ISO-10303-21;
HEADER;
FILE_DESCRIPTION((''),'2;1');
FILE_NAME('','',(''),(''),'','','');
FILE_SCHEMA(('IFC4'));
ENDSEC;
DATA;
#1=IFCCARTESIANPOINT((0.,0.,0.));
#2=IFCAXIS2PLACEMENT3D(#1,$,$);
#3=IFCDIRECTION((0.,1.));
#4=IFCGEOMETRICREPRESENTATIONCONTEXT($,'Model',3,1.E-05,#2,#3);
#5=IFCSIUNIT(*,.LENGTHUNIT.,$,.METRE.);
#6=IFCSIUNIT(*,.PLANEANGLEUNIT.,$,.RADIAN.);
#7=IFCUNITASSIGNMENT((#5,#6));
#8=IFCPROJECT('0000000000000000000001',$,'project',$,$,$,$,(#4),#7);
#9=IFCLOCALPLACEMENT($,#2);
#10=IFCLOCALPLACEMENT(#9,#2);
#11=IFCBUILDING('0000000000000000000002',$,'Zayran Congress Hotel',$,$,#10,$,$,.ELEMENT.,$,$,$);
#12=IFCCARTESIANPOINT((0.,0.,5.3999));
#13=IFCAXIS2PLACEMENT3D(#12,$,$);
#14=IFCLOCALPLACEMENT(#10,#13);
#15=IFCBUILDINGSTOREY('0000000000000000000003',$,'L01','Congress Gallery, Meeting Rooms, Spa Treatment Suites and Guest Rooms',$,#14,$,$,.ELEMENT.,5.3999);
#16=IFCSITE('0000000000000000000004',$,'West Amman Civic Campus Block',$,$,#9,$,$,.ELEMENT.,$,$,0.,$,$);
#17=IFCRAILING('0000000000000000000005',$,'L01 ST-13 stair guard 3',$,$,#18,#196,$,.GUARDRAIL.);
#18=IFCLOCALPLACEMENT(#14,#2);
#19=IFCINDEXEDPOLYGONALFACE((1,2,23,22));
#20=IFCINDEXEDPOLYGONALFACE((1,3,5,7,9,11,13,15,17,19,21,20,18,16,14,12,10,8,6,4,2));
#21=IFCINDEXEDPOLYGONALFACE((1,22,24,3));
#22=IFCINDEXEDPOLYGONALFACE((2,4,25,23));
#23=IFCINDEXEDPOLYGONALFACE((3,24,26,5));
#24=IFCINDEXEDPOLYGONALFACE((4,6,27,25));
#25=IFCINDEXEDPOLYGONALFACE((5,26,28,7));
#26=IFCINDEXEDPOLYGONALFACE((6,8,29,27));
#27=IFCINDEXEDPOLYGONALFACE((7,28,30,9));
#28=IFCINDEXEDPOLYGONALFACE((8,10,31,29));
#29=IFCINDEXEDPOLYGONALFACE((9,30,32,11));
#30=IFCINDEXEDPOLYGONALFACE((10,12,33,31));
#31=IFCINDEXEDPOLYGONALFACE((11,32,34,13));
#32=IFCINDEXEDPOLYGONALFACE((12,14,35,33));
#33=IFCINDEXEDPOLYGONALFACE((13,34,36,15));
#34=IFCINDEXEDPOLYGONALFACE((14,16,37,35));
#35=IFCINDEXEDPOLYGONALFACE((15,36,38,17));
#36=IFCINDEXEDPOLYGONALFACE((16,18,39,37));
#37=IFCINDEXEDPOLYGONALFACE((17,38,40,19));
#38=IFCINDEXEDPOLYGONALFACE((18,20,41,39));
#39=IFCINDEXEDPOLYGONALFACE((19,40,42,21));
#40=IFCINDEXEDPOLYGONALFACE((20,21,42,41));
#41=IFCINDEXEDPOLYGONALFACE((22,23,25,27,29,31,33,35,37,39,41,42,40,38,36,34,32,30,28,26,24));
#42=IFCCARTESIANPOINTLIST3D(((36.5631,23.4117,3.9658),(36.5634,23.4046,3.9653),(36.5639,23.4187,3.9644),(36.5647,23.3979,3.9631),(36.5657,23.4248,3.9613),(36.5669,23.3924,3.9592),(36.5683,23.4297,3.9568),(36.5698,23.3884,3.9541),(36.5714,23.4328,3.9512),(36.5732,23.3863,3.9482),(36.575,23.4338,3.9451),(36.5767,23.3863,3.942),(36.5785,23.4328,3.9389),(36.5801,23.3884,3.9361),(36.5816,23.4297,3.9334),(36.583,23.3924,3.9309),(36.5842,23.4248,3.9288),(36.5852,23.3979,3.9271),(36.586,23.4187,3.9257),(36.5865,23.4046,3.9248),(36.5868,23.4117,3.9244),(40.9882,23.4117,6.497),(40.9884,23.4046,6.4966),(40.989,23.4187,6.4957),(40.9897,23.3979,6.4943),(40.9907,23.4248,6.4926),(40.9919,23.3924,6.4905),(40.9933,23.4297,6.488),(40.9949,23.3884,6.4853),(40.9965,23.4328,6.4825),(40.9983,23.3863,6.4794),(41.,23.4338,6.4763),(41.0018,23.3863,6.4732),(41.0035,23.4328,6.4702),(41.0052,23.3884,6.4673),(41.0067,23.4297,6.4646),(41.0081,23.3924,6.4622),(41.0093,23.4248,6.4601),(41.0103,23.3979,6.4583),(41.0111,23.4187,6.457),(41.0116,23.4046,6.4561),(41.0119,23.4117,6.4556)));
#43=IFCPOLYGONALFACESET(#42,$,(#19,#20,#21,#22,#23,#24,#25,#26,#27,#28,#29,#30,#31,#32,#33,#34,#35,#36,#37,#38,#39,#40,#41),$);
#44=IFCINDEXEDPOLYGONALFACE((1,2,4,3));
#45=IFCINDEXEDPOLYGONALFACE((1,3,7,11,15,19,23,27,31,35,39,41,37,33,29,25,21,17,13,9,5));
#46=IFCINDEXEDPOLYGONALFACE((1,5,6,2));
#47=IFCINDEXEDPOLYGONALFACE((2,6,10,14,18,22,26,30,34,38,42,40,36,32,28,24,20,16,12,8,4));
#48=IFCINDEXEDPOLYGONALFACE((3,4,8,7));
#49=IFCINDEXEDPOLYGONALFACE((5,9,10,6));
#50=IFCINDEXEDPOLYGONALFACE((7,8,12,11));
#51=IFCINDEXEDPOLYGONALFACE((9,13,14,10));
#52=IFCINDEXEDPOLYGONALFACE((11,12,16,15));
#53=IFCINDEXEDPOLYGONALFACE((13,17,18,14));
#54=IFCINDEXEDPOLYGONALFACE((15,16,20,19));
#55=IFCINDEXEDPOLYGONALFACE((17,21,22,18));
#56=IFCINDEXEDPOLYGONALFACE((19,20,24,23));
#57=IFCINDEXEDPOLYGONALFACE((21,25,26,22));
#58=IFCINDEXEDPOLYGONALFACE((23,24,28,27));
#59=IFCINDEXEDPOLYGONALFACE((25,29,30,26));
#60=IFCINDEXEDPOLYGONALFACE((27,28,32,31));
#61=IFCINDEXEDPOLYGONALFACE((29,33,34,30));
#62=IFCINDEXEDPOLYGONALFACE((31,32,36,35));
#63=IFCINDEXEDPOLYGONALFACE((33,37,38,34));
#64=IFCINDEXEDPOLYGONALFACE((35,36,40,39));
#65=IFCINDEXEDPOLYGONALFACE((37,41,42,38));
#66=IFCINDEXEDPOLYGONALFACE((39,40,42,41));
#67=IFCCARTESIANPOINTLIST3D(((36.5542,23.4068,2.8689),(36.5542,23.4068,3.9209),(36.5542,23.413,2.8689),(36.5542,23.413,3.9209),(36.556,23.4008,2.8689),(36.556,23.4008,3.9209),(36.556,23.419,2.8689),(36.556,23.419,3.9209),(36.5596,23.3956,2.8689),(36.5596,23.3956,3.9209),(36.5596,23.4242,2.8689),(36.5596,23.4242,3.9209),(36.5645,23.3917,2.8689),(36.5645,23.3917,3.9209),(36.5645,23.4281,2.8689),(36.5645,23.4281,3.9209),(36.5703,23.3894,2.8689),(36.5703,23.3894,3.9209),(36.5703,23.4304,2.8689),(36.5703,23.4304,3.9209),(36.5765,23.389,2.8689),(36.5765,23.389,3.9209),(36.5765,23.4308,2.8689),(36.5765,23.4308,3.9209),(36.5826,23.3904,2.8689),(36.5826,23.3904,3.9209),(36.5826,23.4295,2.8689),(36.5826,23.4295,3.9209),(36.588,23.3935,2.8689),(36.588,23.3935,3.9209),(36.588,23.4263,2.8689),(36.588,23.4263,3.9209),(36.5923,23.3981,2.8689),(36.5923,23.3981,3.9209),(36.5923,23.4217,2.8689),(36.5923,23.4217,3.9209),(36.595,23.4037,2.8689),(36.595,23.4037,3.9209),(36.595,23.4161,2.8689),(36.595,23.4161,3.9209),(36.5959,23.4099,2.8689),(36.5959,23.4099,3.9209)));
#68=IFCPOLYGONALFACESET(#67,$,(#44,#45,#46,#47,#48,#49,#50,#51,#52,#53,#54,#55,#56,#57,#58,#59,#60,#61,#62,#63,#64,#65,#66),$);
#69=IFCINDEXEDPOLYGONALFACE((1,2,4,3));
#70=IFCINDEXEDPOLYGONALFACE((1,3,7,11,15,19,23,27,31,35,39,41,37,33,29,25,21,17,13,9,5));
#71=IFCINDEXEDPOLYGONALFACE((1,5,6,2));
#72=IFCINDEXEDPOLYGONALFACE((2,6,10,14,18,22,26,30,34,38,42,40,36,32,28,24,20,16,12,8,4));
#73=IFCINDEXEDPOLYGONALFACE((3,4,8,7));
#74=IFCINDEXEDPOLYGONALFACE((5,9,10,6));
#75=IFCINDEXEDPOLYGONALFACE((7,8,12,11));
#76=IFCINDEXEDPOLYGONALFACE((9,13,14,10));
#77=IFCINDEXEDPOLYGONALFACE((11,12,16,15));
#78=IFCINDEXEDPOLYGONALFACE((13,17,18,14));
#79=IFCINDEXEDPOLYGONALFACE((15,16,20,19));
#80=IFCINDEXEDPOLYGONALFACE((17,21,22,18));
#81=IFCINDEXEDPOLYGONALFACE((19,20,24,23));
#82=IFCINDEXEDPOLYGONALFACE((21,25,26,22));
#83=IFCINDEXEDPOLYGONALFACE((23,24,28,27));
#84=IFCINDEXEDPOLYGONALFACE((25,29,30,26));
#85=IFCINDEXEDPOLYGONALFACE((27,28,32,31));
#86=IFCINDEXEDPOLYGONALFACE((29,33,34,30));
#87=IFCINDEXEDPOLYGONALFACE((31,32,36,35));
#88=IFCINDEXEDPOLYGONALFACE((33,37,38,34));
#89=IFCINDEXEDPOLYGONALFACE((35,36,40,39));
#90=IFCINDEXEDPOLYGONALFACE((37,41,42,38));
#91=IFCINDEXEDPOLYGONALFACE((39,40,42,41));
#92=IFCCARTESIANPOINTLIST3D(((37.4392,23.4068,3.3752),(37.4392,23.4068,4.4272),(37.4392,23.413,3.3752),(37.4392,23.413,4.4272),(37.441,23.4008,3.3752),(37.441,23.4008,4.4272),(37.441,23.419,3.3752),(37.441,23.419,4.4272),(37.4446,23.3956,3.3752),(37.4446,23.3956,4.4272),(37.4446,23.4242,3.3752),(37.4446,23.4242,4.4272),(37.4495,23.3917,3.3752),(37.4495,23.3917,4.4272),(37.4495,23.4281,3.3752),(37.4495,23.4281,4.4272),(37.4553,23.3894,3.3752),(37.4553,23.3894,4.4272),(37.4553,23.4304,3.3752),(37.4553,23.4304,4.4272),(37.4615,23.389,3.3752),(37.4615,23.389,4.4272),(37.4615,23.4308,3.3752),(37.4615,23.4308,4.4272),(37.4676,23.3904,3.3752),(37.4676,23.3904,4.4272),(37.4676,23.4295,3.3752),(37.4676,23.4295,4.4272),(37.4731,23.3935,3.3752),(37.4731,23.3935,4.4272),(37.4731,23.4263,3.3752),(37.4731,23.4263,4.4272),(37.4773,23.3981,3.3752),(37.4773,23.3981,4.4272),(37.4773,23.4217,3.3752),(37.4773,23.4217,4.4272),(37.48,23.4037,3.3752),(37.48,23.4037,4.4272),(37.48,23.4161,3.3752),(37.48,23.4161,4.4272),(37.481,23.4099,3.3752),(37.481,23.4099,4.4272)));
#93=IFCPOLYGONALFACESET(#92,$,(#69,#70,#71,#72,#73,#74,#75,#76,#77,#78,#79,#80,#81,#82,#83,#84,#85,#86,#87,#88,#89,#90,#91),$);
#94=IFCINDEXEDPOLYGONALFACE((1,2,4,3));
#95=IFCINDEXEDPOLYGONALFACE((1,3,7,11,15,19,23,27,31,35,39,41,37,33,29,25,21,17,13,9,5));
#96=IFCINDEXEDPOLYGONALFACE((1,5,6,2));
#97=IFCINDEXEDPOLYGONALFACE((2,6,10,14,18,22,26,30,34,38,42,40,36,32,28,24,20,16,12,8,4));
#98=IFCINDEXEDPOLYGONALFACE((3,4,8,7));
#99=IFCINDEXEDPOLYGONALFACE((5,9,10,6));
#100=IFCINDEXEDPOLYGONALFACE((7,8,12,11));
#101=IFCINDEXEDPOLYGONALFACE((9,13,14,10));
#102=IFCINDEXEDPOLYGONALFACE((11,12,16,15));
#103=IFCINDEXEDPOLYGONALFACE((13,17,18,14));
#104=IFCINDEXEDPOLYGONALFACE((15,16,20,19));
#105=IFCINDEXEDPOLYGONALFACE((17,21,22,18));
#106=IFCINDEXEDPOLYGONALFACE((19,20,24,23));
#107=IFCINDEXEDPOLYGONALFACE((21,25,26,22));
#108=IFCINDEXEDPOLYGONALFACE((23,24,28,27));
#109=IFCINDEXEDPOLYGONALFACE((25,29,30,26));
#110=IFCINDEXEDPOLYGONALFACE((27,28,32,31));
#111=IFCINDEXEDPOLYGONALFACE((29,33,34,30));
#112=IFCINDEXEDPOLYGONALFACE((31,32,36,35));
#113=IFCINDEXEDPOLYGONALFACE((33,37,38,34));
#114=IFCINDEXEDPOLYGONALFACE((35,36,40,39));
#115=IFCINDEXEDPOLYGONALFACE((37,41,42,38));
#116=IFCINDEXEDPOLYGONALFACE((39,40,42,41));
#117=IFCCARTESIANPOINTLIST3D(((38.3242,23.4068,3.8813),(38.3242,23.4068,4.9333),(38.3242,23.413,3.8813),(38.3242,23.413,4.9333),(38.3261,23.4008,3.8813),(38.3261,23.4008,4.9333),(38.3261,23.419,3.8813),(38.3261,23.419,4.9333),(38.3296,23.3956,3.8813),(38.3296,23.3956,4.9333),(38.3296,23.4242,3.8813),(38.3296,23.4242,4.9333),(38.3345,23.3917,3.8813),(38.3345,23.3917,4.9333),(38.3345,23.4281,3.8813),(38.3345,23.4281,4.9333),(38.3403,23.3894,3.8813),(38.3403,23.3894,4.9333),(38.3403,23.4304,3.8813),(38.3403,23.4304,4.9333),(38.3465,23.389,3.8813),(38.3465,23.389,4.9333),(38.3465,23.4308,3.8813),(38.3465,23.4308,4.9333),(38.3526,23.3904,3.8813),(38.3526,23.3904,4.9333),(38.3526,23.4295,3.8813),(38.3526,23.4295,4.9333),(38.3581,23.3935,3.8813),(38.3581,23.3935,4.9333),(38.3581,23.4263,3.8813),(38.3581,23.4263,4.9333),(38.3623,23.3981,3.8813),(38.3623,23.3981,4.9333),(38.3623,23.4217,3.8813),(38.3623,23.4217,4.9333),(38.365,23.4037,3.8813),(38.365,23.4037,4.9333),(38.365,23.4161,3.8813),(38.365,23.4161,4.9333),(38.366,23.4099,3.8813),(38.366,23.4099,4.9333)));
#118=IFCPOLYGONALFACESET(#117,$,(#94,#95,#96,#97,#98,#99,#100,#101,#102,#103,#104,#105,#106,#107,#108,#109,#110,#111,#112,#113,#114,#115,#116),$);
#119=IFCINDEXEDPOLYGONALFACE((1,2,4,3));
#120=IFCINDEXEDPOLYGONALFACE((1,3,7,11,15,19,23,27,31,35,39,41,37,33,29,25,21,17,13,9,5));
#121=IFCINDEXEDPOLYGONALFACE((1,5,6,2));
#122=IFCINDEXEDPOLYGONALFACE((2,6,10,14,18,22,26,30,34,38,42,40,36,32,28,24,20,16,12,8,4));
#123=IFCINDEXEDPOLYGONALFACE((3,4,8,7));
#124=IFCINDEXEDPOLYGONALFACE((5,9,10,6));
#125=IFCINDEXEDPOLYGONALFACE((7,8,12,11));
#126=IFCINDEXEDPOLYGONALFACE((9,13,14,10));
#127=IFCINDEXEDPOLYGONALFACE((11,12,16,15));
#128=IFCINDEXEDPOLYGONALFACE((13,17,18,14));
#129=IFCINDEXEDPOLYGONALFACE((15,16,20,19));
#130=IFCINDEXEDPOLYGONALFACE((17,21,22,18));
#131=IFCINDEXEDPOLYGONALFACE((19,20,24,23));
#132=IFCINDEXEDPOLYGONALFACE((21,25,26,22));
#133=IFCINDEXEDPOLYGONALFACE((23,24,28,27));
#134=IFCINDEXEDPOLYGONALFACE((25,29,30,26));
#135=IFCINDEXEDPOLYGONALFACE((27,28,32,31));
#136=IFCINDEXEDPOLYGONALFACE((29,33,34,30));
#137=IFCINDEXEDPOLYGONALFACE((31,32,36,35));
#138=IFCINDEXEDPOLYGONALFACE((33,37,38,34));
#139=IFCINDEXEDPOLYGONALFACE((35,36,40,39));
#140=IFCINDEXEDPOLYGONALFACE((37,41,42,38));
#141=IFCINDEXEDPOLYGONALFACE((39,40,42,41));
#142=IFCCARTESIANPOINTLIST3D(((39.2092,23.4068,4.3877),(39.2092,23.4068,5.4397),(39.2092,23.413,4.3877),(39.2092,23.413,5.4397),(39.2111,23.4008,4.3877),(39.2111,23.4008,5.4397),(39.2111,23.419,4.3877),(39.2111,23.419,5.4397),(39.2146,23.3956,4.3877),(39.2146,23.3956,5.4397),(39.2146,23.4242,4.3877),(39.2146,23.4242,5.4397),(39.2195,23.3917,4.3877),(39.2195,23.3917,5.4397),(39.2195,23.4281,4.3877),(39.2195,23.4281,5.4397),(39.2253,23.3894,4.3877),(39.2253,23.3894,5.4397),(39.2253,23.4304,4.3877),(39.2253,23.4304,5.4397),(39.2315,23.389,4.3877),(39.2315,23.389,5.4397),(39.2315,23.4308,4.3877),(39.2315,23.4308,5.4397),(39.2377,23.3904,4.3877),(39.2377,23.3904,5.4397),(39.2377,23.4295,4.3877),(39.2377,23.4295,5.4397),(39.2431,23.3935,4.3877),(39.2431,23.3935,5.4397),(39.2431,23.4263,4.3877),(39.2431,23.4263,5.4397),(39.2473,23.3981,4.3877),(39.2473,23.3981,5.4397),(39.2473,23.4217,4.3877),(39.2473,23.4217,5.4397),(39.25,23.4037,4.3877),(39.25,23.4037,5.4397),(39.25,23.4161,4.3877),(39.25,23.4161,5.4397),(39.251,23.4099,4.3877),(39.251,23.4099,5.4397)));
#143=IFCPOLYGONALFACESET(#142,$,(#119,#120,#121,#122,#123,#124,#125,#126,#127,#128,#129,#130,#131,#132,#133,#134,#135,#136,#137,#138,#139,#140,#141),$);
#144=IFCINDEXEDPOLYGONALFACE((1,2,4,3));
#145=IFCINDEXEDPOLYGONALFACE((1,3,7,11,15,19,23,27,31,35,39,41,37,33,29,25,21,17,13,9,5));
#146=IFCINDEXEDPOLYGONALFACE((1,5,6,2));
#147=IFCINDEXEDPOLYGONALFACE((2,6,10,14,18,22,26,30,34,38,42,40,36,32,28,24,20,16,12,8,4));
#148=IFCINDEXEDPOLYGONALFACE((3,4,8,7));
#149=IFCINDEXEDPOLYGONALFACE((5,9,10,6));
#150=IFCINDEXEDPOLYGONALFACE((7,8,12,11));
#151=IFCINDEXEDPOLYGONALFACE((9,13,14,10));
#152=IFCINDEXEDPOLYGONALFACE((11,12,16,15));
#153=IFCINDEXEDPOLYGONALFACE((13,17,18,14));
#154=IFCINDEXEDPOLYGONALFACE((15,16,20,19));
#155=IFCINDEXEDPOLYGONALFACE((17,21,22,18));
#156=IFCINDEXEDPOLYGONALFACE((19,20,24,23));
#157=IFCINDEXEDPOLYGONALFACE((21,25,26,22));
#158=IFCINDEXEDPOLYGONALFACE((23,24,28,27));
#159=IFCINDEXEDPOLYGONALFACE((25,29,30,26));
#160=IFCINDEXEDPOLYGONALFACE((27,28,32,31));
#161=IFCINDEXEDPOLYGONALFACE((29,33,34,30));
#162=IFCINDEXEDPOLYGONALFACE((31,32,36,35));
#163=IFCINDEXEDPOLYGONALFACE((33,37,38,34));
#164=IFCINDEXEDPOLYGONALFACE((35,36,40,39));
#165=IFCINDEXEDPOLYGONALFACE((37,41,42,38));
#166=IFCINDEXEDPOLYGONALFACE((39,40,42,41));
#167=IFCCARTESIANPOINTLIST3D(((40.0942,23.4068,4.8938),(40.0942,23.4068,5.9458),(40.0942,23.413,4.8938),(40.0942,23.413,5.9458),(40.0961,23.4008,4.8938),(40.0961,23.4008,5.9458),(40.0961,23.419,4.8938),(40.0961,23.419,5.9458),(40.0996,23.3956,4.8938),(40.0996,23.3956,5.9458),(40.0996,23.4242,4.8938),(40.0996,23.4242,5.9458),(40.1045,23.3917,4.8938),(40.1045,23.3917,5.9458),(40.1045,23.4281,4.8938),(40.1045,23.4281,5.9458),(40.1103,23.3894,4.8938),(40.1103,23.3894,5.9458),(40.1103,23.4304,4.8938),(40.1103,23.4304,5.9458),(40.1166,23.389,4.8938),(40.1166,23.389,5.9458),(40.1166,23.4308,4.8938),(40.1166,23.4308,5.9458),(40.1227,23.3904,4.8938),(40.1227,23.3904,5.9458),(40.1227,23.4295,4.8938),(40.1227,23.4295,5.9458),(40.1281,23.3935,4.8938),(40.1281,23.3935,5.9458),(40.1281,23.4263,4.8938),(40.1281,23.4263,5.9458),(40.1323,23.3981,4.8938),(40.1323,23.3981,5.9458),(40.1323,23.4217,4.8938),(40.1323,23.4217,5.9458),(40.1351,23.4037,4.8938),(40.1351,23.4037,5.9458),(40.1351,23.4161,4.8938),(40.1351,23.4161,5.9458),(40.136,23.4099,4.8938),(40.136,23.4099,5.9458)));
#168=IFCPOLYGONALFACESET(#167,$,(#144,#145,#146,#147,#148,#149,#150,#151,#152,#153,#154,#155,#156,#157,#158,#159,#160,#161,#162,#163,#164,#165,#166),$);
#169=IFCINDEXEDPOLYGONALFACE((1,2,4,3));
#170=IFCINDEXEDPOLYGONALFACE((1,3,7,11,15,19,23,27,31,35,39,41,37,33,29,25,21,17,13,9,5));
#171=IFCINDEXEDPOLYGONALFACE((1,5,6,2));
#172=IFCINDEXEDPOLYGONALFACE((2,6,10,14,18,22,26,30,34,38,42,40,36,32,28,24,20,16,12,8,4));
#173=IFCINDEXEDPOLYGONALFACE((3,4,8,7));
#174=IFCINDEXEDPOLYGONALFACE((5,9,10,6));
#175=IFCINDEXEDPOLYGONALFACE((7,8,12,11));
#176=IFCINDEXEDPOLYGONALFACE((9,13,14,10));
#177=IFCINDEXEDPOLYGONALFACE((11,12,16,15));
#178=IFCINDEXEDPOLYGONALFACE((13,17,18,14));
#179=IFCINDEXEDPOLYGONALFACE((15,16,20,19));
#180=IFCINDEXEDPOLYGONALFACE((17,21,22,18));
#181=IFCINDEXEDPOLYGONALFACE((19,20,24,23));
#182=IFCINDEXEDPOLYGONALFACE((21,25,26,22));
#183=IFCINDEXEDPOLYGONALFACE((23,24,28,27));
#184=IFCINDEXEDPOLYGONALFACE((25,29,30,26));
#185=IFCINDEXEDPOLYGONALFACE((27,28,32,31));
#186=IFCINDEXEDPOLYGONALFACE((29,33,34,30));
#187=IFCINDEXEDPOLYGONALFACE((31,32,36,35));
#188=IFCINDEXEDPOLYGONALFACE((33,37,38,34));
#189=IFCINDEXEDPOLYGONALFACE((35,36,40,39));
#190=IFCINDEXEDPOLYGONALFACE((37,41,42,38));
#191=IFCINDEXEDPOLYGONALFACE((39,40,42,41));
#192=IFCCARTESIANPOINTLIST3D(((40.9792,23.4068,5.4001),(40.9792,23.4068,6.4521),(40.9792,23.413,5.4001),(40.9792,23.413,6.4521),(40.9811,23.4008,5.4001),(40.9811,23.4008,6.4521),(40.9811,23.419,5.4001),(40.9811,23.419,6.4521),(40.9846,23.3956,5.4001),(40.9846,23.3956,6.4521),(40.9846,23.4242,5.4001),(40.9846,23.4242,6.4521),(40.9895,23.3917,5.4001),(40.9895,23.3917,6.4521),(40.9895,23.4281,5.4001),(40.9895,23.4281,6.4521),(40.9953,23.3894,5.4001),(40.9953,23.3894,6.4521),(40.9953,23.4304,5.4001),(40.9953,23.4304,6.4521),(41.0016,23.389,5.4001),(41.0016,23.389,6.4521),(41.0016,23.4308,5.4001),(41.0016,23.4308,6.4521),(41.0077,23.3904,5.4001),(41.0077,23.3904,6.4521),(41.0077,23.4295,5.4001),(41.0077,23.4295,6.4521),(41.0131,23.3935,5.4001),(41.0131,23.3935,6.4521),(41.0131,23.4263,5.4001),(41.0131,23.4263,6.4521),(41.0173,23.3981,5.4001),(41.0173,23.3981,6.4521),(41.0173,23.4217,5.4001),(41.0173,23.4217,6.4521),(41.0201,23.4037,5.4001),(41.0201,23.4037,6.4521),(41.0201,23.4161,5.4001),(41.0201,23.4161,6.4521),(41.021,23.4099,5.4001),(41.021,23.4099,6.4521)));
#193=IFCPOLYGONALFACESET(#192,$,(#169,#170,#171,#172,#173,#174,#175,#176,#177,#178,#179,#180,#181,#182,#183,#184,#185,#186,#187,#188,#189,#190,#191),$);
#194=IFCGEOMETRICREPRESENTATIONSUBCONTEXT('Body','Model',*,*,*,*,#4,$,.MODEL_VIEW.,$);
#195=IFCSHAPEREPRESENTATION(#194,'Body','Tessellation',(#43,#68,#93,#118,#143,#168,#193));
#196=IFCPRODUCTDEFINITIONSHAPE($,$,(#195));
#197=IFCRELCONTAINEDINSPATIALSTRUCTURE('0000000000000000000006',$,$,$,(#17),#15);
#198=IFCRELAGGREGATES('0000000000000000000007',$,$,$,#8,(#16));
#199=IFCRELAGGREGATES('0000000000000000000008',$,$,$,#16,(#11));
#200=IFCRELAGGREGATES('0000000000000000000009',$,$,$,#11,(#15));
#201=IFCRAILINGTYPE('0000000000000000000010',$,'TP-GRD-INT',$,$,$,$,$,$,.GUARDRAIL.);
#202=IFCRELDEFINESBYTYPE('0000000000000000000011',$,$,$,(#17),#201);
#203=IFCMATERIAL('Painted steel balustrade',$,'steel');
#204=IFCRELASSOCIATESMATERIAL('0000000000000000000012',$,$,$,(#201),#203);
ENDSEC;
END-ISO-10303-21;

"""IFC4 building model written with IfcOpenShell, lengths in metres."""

from ifc_helpers import new_model, si_unit, direction, frame, origin, origin_2d, place, context, subcontext, project, spatial, circle, extrude, material, type_object, element, save


model = new_model("IFC4")

# Units and contexts
model_context = context("Model", 3, precision=1e-05, world=origin(), true_north=direction((0.0, 1.0)))
body_context = subcontext(model_context, "Body", "Model", "MODEL_VIEW")
ifc_project = project(units=[si_unit("LENGTHUNIT", "METRE"), si_unit("PLANEANGLEUNIT", "RADIAN")], contexts=[model_context])

# Site, building, storey
site_placement = place(None, origin())
site = spatial("IfcSite", under=ifc_project, at=site_placement, Name="West Amman Civic Campus Block", CompositionType="ELEMENT", RefElevation=0.0)
building_placement = place(site_placement, origin())
building = spatial("IfcBuilding", under=site, at=building_placement, Name="Zayran Congress Hotel", CompositionType="ELEMENT")
storey_placement = place(building_placement, frame((0.0, 0.0, 5.3999)))
storey = spatial("IfcBuildingStorey", under=building, at=storey_placement, Name="L01", Description="Congress Gallery, Meeting Rooms, Spa Treatment Suites and Guest Rooms", CompositionType="ELEMENT", Elevation=5.3999)

# Railing
ifc_material_1 = material(Name="Painted steel balustrade", Category="steel")
railing_type_1 = type_object("IfcRailingType", Name="TP-GRD-INT", PredefinedType="GUARDRAIL", material=ifc_material_1)
railing_1_placement = place(storey_placement, frame((36.575, 23.4099, 2.8689)))
element("IfcRailing", 1, at=railing_1_placement, inside=storey, type_object=railing_type_1, Name="L01 ST-13 stair guard 3", PredefinedType="GUARDRAIL", context=body_context, shape_type="SweptSolid", body=[
    extrude(circle(Radius=0.0239, at=origin_2d()), frame((0.0, 0.0, 1.0762), z_axis=(0.868019, 0.0, 0.496531), x_axis=(0.0, 1.0, 0.0)), (0.0, 0.0, 1.0), 5.0979),
    extrude(circle(Radius=0.021, at=origin_2d()), origin(), (0.0, 0.0, 1.0), 1.052),
    extrude(circle(Radius=0.021, at=origin_2d()), frame((0.885, 0.0, 0.5063)), (0.0, 0.0, 1.0), 1.052),
    extrude(circle(Radius=0.021, at=origin_2d()), frame((1.77, 0.0, 1.0125)), (0.0, 0.0, 1.0), 1.052),
    extrude(circle(Radius=0.021, at=origin_2d()), frame((2.655, 0.0, 1.5188)), (0.0, 0.0, 1.0), 1.052),
    extrude(circle(Radius=0.021, at=origin_2d()), frame((3.54, 0.0, 2.0249)), (0.0, 0.0, 1.0), 1.052),
    extrude(circle(Radius=0.021, at=origin_2d()), frame((4.425, 0.0, 2.5312)), (0.0, 0.0, 1.0), 1.052),
])

save(model, "model.ifc")
